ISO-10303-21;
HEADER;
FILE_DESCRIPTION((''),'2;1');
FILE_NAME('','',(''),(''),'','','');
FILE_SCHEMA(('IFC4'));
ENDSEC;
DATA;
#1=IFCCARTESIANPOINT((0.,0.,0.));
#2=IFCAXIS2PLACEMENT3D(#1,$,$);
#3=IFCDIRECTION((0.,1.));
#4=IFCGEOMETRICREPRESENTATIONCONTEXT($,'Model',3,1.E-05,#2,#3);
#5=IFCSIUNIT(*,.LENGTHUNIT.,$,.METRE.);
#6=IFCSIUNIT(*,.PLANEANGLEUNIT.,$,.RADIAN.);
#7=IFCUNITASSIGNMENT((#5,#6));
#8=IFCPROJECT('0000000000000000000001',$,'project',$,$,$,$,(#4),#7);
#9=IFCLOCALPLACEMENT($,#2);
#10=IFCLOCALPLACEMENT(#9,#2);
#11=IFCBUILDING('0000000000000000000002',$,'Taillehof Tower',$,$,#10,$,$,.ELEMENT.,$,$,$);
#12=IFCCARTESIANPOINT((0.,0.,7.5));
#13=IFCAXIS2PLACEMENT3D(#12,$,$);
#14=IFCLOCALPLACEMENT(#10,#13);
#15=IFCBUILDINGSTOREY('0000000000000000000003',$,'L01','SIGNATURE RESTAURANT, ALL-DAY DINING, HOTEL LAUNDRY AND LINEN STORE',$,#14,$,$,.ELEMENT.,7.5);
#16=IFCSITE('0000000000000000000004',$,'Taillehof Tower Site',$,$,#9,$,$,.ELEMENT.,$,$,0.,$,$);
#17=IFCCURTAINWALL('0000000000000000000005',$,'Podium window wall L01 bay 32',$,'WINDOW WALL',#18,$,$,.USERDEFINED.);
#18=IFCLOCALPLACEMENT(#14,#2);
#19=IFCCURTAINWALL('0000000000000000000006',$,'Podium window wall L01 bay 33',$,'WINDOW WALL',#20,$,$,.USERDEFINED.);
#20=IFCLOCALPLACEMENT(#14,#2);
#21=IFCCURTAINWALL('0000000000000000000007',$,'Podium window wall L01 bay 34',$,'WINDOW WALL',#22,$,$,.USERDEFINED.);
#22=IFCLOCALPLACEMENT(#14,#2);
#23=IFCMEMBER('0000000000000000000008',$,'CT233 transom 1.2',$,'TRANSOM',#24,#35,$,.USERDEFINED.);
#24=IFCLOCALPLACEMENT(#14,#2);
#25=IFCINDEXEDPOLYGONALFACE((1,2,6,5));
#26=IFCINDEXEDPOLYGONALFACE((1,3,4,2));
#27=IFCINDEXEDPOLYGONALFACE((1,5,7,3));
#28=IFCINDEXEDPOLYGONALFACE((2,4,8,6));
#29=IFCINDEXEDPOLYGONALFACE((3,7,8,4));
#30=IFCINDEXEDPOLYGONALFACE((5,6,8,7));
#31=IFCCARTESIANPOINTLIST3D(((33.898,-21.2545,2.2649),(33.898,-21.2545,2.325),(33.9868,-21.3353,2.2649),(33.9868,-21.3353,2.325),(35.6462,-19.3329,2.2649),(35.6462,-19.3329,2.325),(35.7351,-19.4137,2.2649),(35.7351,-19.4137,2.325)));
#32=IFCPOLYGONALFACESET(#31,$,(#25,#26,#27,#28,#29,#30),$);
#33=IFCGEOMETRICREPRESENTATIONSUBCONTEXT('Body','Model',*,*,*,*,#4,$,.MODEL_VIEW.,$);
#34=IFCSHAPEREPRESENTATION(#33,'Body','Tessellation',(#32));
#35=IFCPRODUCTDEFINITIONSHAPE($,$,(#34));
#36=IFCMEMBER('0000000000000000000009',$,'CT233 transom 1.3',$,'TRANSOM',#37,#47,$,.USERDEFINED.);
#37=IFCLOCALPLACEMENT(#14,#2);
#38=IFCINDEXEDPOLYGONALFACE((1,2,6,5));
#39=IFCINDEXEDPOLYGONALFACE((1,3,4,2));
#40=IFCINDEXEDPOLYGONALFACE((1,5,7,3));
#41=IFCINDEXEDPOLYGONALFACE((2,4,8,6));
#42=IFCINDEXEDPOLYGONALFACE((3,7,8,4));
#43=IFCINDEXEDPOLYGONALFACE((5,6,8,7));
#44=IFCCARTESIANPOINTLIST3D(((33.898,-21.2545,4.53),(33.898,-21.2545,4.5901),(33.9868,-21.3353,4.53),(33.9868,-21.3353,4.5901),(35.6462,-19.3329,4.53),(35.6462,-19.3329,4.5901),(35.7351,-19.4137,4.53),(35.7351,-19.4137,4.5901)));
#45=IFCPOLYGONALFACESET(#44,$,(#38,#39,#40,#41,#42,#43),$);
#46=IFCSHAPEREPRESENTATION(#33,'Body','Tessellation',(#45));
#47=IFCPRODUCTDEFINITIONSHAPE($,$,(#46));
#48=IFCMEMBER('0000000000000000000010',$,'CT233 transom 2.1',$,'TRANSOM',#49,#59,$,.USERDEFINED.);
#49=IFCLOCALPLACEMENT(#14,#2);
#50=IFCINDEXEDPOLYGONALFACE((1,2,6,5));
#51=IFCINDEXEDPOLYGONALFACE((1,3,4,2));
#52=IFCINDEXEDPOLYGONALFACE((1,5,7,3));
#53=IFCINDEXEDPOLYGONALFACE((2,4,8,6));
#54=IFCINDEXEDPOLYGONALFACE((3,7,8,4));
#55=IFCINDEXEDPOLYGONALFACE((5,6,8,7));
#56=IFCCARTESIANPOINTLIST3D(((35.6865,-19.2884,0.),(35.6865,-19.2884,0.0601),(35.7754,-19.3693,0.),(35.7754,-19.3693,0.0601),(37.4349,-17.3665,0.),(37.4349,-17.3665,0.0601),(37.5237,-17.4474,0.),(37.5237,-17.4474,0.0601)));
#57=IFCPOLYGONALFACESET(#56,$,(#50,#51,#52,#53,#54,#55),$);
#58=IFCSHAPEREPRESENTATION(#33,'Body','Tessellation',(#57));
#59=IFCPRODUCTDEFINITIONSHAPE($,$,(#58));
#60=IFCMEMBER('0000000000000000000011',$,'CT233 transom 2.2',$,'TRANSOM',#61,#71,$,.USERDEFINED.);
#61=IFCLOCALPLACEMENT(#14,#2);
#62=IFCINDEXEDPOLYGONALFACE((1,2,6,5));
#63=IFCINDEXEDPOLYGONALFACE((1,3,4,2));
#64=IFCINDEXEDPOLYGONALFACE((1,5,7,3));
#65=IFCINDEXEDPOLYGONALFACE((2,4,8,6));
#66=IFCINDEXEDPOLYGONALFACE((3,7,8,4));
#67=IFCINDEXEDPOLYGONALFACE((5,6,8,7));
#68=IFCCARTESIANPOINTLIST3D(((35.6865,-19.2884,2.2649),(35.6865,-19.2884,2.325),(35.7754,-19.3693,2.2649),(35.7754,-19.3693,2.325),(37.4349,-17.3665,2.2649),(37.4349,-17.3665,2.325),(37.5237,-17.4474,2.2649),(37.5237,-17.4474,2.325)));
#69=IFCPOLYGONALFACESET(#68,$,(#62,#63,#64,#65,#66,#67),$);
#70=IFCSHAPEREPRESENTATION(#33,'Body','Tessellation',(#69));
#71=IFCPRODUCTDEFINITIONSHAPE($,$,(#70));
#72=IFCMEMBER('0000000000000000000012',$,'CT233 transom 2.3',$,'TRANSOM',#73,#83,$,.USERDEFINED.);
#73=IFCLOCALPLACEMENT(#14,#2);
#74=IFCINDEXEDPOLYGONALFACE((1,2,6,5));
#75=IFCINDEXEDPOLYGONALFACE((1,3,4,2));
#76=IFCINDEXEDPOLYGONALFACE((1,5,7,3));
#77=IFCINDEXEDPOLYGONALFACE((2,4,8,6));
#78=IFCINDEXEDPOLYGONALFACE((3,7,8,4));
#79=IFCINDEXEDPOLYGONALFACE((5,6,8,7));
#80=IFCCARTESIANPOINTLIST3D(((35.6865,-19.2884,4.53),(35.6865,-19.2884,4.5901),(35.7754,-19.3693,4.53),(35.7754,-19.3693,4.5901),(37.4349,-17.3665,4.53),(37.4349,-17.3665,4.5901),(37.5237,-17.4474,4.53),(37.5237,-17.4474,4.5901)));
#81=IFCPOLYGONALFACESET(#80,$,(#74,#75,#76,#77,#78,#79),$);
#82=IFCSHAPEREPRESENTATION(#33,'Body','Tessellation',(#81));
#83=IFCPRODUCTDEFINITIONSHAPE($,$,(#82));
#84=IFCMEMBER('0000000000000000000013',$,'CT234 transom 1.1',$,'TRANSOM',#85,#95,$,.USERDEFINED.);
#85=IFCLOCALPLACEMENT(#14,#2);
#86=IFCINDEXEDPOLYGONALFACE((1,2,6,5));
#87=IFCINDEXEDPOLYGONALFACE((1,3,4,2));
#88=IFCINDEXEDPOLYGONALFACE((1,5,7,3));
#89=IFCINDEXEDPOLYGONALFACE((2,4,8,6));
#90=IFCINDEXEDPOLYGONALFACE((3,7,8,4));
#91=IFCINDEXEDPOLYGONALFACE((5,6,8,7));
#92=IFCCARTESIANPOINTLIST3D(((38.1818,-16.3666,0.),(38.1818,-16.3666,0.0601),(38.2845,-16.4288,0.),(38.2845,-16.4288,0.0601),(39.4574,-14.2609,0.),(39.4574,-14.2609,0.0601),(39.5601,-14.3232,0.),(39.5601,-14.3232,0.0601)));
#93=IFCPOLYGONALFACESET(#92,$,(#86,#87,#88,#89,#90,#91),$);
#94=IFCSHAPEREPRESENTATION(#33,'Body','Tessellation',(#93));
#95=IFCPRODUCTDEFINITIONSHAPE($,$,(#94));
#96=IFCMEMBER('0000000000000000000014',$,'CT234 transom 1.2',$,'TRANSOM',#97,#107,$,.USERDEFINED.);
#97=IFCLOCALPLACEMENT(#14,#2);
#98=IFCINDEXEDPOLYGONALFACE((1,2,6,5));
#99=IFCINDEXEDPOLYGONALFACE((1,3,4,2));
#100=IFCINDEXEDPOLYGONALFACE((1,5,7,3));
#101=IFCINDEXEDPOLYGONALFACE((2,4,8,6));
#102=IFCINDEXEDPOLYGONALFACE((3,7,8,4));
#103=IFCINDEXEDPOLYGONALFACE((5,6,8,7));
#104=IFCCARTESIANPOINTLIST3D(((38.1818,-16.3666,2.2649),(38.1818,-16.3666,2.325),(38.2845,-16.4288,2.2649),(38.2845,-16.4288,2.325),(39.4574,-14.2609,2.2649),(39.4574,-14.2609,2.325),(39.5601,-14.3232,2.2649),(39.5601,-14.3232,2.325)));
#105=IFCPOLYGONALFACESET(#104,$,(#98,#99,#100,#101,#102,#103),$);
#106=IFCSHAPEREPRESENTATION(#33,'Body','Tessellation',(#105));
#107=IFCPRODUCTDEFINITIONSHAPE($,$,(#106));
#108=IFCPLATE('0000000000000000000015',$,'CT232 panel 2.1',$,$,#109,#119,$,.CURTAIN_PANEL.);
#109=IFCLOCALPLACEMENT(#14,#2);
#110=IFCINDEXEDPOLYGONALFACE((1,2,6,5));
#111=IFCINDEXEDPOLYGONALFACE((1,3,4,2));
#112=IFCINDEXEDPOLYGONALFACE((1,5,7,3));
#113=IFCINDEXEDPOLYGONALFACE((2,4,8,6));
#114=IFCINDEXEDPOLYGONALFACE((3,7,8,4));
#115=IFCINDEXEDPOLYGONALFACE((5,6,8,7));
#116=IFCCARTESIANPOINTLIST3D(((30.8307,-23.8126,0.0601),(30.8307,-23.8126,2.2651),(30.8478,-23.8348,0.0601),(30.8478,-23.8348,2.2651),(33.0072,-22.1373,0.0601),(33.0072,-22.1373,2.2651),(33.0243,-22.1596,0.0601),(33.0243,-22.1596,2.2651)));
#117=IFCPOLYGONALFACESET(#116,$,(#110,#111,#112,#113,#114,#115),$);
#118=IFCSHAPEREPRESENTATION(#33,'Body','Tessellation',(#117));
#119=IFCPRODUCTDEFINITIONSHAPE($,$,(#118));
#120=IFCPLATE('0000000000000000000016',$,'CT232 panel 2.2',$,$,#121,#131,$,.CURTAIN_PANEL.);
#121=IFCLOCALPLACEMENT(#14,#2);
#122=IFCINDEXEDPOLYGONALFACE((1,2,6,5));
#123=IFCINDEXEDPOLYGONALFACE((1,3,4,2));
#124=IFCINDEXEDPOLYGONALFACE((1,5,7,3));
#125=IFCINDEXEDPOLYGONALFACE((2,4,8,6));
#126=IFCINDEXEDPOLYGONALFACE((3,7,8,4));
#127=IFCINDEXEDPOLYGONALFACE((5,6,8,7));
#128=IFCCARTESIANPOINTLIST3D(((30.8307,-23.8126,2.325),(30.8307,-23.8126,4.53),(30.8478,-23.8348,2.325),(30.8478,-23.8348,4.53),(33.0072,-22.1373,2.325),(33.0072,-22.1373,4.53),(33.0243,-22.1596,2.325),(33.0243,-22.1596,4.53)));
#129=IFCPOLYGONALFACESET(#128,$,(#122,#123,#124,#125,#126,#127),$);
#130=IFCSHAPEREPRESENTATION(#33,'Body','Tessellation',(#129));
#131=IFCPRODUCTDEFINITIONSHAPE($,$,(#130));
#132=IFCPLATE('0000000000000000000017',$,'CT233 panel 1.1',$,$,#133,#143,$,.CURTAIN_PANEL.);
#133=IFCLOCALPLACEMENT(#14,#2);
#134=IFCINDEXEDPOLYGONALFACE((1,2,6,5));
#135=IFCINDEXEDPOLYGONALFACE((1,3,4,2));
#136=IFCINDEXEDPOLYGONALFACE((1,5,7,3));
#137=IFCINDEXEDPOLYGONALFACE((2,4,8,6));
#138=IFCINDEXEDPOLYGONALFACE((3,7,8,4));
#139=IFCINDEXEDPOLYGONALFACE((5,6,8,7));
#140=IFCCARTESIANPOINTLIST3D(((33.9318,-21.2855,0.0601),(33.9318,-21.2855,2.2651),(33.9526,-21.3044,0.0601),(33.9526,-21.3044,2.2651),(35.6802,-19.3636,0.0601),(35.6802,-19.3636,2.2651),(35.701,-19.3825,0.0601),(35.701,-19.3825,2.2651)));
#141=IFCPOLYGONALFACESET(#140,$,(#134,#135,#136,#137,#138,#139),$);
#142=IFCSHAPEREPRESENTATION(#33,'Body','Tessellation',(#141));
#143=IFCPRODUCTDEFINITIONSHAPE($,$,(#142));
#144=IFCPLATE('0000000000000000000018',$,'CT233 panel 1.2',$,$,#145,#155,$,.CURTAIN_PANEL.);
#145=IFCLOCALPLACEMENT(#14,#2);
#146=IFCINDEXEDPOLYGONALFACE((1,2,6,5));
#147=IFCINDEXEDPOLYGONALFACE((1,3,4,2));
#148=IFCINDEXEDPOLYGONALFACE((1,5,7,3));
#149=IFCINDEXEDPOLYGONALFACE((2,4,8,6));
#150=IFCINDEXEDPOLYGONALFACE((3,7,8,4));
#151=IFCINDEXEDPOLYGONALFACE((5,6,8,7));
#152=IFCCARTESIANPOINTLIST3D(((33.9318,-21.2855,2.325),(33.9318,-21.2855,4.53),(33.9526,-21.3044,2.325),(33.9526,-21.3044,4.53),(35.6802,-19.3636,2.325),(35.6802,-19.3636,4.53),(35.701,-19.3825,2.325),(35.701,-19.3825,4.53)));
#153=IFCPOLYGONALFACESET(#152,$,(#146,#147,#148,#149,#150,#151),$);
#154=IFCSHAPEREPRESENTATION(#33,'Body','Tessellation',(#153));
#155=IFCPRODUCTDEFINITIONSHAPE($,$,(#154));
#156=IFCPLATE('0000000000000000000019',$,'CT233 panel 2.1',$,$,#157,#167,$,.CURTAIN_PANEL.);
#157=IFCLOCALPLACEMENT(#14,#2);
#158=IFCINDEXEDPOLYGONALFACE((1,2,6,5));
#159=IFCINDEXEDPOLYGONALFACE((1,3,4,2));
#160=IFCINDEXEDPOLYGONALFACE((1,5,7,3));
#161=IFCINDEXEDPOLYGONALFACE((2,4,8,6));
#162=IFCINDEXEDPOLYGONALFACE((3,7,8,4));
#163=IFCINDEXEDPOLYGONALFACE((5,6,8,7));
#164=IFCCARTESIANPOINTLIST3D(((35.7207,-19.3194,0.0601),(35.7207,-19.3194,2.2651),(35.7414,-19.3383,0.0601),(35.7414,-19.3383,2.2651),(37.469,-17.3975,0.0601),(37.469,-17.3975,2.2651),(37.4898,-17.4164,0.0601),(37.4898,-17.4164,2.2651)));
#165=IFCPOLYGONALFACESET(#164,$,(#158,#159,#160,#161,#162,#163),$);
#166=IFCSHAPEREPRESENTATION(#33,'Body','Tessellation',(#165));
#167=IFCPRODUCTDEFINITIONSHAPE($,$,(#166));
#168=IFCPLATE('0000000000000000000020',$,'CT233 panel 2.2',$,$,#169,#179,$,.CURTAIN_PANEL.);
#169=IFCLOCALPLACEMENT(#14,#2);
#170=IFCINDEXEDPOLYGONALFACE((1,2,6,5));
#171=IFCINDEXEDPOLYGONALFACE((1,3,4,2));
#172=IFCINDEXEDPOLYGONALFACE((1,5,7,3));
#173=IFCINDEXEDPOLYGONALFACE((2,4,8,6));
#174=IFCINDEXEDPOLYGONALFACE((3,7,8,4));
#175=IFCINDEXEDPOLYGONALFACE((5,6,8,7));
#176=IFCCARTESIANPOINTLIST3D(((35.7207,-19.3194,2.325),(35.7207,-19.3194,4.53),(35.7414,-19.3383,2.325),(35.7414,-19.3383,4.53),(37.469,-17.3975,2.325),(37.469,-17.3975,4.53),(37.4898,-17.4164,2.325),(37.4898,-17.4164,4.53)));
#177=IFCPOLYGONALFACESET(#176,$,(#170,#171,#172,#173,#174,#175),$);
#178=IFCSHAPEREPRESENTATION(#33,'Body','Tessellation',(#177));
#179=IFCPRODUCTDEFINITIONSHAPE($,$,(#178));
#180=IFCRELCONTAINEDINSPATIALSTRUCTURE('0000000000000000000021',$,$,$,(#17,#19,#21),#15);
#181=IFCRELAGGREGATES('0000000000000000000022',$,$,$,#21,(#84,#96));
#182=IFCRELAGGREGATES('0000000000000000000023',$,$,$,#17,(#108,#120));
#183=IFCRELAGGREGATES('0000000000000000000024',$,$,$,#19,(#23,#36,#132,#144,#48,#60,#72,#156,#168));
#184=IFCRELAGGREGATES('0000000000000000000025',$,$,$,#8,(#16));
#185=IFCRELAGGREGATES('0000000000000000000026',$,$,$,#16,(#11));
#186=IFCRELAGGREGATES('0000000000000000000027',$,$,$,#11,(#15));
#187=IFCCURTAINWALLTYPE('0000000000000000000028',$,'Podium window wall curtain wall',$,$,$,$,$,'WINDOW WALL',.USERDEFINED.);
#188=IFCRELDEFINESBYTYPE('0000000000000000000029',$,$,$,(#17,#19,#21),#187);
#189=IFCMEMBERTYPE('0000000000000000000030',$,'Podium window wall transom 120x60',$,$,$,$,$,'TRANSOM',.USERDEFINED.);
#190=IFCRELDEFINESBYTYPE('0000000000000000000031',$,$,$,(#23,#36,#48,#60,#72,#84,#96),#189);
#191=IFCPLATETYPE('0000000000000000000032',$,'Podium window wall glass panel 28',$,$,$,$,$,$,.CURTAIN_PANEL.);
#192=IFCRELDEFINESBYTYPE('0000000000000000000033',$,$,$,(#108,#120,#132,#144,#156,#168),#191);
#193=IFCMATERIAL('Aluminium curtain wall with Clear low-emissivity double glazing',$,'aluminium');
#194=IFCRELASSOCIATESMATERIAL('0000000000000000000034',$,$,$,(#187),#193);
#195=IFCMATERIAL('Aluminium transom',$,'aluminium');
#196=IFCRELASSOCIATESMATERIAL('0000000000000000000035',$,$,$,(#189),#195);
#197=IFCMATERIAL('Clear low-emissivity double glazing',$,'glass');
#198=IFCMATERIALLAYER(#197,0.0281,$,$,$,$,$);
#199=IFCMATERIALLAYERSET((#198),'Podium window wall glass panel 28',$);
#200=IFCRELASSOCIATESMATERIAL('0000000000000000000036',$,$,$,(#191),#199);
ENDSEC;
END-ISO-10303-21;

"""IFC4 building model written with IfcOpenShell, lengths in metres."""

from ifc_helpers import new_model, si_unit, direction, frame, origin, origin_2d, place, context, subcontext, project, spatial, rectangle, extrude, material, layer, layer_set, material_profile, profile_set, type_object, element, aggregate, save


model = new_model("IFC4")

# Units and contexts
model_context = context("Model", 3, precision=1e-05, world=origin(), true_north=direction((0.0, 1.0)))
body_context = subcontext(model_context, "Body", "Model", "MODEL_VIEW")
ifc_project = project(units=[si_unit("LENGTHUNIT", "METRE"), si_unit("PLANEANGLEUNIT", "RADIAN")], contexts=[model_context])

# Site, building, storey
site_placement = place(None, origin())
site = spatial("IfcSite", under=ifc_project, at=site_placement, Name="Taillehof Tower Site", CompositionType="ELEMENT", RefElevation=0.0)
building_placement = place(site_placement, origin())
building = spatial("IfcBuilding", under=site, at=building_placement, Name="Taillehof Tower", CompositionType="ELEMENT")
storey_placement = place(building_placement, frame((0.0, 0.0, 7.5)))
storey = spatial("IfcBuildingStorey", under=building, at=storey_placement, Name="L01", Description="SIGNATURE RESTAURANT, ALL-DAY DINING, HOTEL LAUNDRY AND LINEN STORE", CompositionType="ELEMENT", Elevation=7.5)

# Curtain wall
ifc_material_1 = material(Name="Aluminium curtain wall with Clear low-emissivity double glazing", Category="aluminium")
curtain_wall_type = type_object("IfcCurtainWallType", Name="Podium window wall curtain wall", ElementType="WINDOW WALL", PredefinedType="USERDEFINED", material=ifc_material_1)
curtain_wall_1_placement = place(storey_placement, origin())
curtain_wall_1 = element("IfcCurtainWall", 1, at=curtain_wall_1_placement, inside=storey, type_object=curtain_wall_type, Name="Podium window wall L01 bay 32", ObjectType="WINDOW WALL", PredefinedType="USERDEFINED")

# Curtain wall
curtain_wall_2_placement = place(storey_placement, origin())
curtain_wall_2 = element("IfcCurtainWall", 2, at=curtain_wall_2_placement, inside=storey, type_object=curtain_wall_type, Name="Podium window wall L01 bay 33", ObjectType="WINDOW WALL", PredefinedType="USERDEFINED")

# Curtain wall
curtain_wall_3_placement = place(storey_placement, origin())
curtain_wall_3 = element("IfcCurtainWall", 3, at=curtain_wall_3_placement, inside=storey, type_object=curtain_wall_type, Name="Podium window wall L01 bay 34", ObjectType="WINDOW WALL", PredefinedType="USERDEFINED")

# Members
ifc_material_2 = material(Name="Aluminium transom", Category="aluminium")
ifc_material_profile_1 = material_profile(ifc_material_2, rectangle(XDim=0.1201, YDim=0.0601, at=origin_2d()), Name="AL 120x60")
ifc_profile_set_1 = profile_set([ifc_material_profile_1], Name="Aluminium transom")
member_type_1 = type_object("IfcMemberType", Name="Podium window wall transom 120x60", ElementType="TRANSOM", PredefinedType="USERDEFINED", material=ifc_profile_set_1)
member_1_placement = place(storey_placement, frame((33.9424, -21.2949, 2.2949), z_axis=(0.672958, 0.739681, 0.0), x_axis=(-0.739681, 0.672958, 0.0)))
member_1 = element("IfcMember", 4, at=member_1_placement, type_object=member_type_1, Name="CT233 transom 1.2", ObjectType="TRANSOM", PredefinedType="USERDEFINED", context=body_context, shape_type="SweptSolid", body=[
    extrude(rectangle(XDim=0.1201, YDim=0.0601, at=origin_2d()), origin(), (0.0, 0.0, 1.0), 2.5979),
])
member_2_placement = place(storey_placement, frame((33.9424, -21.2949, 4.5601), z_axis=(0.672958, 0.739681, 0.0), x_axis=(-0.739681, 0.672958, 0.0)))
member_2 = element("IfcMember", 5, at=member_2_placement, type_object=member_type_1, Name="CT233 transom 1.3", ObjectType="TRANSOM", PredefinedType="USERDEFINED", context=body_context, shape_type="SweptSolid", body=[
    extrude(rectangle(XDim=0.1201, YDim=0.0601, at=origin_2d()), origin(), (0.0, 0.0, 1.0), 2.5979),
])
member_3_placement = place(storey_placement, frame((35.731, -19.3289, 0.03), z_axis=(0.672911, 0.739723, 0.0), x_axis=(-0.739723, 0.672911, 0.0)))
member_3 = element("IfcMember", 6, at=member_3_placement, type_object=member_type_1, Name="CT233 transom 2.1", ObjectType="TRANSOM", PredefinedType="USERDEFINED", context=body_context, shape_type="SweptSolid", body=[
    extrude(rectangle(XDim=0.1201, YDim=0.0601, at=origin_2d()), origin(), (0.0, 0.0, 1.0), 2.5981),
])
member_4_placement = place(storey_placement, frame((35.731, -19.3289, 2.2949), z_axis=(0.672911, 0.739723, 0.0), x_axis=(-0.739723, 0.672911, 0.0)))
member_4 = element("IfcMember", 7, at=member_4_placement, type_object=member_type_1, Name="CT233 transom 2.2", ObjectType="TRANSOM", PredefinedType="USERDEFINED", context=body_context, shape_type="SweptSolid", body=[
    extrude(rectangle(XDim=0.1201, YDim=0.0601, at=origin_2d()), origin(), (0.0, 0.0, 1.0), 2.5981),
])
member_5_placement = place(storey_placement, frame((35.731, -19.3289, 4.5601), z_axis=(0.672911, 0.739723, 0.0), x_axis=(-0.739723, 0.672911, 0.0)))
member_5 = element("IfcMember", 8, at=member_5_placement, type_object=member_type_1, Name="CT233 transom 2.3", ObjectType="TRANSOM", PredefinedType="USERDEFINED", context=body_context, shape_type="SweptSolid", body=[
    extrude(rectangle(XDim=0.1201, YDim=0.0601, at=origin_2d()), origin(), (0.0, 0.0, 1.0), 2.5981),
])
member_6_placement = place(storey_placement, frame((38.2332, -16.3977, 0.03), z_axis=(0.518137, 0.855298, 0.0), x_axis=(-0.855298, 0.518137, 0.0)))
member_6 = element("IfcMember", 9, at=member_6_placement, type_object=member_type_1, Name="CT234 transom 1.1", ObjectType="TRANSOM", PredefinedType="USERDEFINED", context=body_context, shape_type="SweptSolid", body=[
    extrude(rectangle(XDim=0.1201, YDim=0.0601, at=origin_2d()), origin(), (0.0, 0.0, 1.0), 2.4619),
])
member_7_placement = place(storey_placement, frame((38.2332, -16.3977, 2.2949), z_axis=(0.518137, 0.855298, 0.0), x_axis=(-0.855298, 0.518137, 0.0)))
member_7 = element("IfcMember", 10, at=member_7_placement, type_object=member_type_1, Name="CT234 transom 1.2", ObjectType="TRANSOM", PredefinedType="USERDEFINED", context=body_context, shape_type="SweptSolid", body=[
    extrude(rectangle(XDim=0.1201, YDim=0.0601, at=origin_2d()), origin(), (0.0, 0.0, 1.0), 2.4619),
])
aggregate(curtain_wall_3, [member_6, member_7])

# Plates
ifc_material_3 = material(Name="Clear low-emissivity double glazing", Category="glass")
ifc_layer = layer(ifc_material_3, 0.0281)
ifc_layer_set = layer_set([ifc_layer], Name="Podium window wall glass panel 28")
plate_type = type_object("IfcPlateType", Name="Podium window wall glass panel 28", PredefinedType="CURTAIN_PANEL", material=ifc_layer_set)
plate_1_placement = place(storey_placement, frame((31.9275, -22.9861, 0.0601), z_axis=(0.0, 0.0, 1.0), x_axis=(0.792454, 0.609932, 0.0)))
plate_1 = element("IfcPlate", 11, at=plate_1_placement, type_object=plate_type, Name="CT232 panel 2.1", PredefinedType="CURTAIN_PANEL", context=body_context, shape_type="SweptSolid", body=[
    extrude(rectangle(XDim=2.7466, YDim=0.0281, at=origin_2d()), origin(), (0.0, 0.0, 1.0), 2.2051),
])
plate_2_placement = place(storey_placement, frame((31.9275, -22.9861, 2.325), z_axis=(0.0, 0.0, 1.0), x_axis=(0.792454, 0.609932, 0.0)))
plate_2 = element("IfcPlate", 12, at=plate_2_placement, type_object=plate_type, Name="CT232 panel 2.2", PredefinedType="CURTAIN_PANEL", context=body_context, shape_type="SweptSolid", body=[
    extrude(rectangle(XDim=2.7466, YDim=0.0281, at=origin_2d()), origin(), (0.0, 0.0, 1.0), 2.2051),
])
aggregate(curtain_wall_1, [plate_1, plate_2])
plate_3_placement = place(storey_placement, frame((34.8164, -20.334, 0.0601), z_axis=(0.0, 0.0, 1.0), x_axis=(0.672929, 0.739707, 0.0)))
plate_3 = element("IfcPlate", 13, at=plate_3_placement, type_object=plate_type, Name="CT233 panel 1.1", PredefinedType="CURTAIN_PANEL", context=body_context, shape_type="SweptSolid", body=[
    extrude(rectangle(XDim=2.5981, YDim=0.0281, at=origin_2d()), origin(), (0.0, 0.0, 1.0), 2.2051),
])
plate_4_placement = place(storey_placement, frame((34.8164, -20.334, 2.325), z_axis=(0.0, 0.0, 1.0), x_axis=(0.672929, 0.739707, 0.0)))
plate_4 = element("IfcPlate", 14, at=plate_4_placement, type_object=plate_type, Name="CT233 panel 1.2", PredefinedType="CURTAIN_PANEL", context=body_context, shape_type="SweptSolid", body=[
    extrude(rectangle(XDim=2.5981, YDim=0.0281, at=origin_2d()), origin(), (0.0, 0.0, 1.0), 2.2051),
])
plate_5_placement = place(storey_placement, frame((36.6052, -18.3679, 0.0601), z_axis=(0.0, 0.0, 1.0), x_axis=(0.672929, 0.739707, 0.0)))
plate_5 = element("IfcPlate", 15, at=plate_5_placement, type_object=plate_type, Name="CT233 panel 2.1", PredefinedType="CURTAIN_PANEL", context=body_context, shape_type="SweptSolid", body=[
    extrude(rectangle(XDim=2.5981, YDim=0.0281, at=origin_2d()), origin(), (0.0, 0.0, 1.0), 2.2051),
])
plate_6_placement = place(storey_placement, frame((36.6052, -18.3679, 2.325), z_axis=(0.0, 0.0, 1.0), x_axis=(0.672929, 0.739707, 0.0)))
plate_6 = element("IfcPlate", 16, at=plate_6_placement, type_object=plate_type, Name="CT233 panel 2.2", PredefinedType="CURTAIN_PANEL", context=body_context, shape_type="SweptSolid", body=[
    extrude(rectangle(XDim=2.5981, YDim=0.0281, at=origin_2d()), origin(), (0.0, 0.0, 1.0), 2.2051),
])
aggregate(curtain_wall_2, [member_1, member_2, plate_3, plate_4, member_3, member_4, member_5, plate_5, plate_6])

save(model, "model.ifc")
